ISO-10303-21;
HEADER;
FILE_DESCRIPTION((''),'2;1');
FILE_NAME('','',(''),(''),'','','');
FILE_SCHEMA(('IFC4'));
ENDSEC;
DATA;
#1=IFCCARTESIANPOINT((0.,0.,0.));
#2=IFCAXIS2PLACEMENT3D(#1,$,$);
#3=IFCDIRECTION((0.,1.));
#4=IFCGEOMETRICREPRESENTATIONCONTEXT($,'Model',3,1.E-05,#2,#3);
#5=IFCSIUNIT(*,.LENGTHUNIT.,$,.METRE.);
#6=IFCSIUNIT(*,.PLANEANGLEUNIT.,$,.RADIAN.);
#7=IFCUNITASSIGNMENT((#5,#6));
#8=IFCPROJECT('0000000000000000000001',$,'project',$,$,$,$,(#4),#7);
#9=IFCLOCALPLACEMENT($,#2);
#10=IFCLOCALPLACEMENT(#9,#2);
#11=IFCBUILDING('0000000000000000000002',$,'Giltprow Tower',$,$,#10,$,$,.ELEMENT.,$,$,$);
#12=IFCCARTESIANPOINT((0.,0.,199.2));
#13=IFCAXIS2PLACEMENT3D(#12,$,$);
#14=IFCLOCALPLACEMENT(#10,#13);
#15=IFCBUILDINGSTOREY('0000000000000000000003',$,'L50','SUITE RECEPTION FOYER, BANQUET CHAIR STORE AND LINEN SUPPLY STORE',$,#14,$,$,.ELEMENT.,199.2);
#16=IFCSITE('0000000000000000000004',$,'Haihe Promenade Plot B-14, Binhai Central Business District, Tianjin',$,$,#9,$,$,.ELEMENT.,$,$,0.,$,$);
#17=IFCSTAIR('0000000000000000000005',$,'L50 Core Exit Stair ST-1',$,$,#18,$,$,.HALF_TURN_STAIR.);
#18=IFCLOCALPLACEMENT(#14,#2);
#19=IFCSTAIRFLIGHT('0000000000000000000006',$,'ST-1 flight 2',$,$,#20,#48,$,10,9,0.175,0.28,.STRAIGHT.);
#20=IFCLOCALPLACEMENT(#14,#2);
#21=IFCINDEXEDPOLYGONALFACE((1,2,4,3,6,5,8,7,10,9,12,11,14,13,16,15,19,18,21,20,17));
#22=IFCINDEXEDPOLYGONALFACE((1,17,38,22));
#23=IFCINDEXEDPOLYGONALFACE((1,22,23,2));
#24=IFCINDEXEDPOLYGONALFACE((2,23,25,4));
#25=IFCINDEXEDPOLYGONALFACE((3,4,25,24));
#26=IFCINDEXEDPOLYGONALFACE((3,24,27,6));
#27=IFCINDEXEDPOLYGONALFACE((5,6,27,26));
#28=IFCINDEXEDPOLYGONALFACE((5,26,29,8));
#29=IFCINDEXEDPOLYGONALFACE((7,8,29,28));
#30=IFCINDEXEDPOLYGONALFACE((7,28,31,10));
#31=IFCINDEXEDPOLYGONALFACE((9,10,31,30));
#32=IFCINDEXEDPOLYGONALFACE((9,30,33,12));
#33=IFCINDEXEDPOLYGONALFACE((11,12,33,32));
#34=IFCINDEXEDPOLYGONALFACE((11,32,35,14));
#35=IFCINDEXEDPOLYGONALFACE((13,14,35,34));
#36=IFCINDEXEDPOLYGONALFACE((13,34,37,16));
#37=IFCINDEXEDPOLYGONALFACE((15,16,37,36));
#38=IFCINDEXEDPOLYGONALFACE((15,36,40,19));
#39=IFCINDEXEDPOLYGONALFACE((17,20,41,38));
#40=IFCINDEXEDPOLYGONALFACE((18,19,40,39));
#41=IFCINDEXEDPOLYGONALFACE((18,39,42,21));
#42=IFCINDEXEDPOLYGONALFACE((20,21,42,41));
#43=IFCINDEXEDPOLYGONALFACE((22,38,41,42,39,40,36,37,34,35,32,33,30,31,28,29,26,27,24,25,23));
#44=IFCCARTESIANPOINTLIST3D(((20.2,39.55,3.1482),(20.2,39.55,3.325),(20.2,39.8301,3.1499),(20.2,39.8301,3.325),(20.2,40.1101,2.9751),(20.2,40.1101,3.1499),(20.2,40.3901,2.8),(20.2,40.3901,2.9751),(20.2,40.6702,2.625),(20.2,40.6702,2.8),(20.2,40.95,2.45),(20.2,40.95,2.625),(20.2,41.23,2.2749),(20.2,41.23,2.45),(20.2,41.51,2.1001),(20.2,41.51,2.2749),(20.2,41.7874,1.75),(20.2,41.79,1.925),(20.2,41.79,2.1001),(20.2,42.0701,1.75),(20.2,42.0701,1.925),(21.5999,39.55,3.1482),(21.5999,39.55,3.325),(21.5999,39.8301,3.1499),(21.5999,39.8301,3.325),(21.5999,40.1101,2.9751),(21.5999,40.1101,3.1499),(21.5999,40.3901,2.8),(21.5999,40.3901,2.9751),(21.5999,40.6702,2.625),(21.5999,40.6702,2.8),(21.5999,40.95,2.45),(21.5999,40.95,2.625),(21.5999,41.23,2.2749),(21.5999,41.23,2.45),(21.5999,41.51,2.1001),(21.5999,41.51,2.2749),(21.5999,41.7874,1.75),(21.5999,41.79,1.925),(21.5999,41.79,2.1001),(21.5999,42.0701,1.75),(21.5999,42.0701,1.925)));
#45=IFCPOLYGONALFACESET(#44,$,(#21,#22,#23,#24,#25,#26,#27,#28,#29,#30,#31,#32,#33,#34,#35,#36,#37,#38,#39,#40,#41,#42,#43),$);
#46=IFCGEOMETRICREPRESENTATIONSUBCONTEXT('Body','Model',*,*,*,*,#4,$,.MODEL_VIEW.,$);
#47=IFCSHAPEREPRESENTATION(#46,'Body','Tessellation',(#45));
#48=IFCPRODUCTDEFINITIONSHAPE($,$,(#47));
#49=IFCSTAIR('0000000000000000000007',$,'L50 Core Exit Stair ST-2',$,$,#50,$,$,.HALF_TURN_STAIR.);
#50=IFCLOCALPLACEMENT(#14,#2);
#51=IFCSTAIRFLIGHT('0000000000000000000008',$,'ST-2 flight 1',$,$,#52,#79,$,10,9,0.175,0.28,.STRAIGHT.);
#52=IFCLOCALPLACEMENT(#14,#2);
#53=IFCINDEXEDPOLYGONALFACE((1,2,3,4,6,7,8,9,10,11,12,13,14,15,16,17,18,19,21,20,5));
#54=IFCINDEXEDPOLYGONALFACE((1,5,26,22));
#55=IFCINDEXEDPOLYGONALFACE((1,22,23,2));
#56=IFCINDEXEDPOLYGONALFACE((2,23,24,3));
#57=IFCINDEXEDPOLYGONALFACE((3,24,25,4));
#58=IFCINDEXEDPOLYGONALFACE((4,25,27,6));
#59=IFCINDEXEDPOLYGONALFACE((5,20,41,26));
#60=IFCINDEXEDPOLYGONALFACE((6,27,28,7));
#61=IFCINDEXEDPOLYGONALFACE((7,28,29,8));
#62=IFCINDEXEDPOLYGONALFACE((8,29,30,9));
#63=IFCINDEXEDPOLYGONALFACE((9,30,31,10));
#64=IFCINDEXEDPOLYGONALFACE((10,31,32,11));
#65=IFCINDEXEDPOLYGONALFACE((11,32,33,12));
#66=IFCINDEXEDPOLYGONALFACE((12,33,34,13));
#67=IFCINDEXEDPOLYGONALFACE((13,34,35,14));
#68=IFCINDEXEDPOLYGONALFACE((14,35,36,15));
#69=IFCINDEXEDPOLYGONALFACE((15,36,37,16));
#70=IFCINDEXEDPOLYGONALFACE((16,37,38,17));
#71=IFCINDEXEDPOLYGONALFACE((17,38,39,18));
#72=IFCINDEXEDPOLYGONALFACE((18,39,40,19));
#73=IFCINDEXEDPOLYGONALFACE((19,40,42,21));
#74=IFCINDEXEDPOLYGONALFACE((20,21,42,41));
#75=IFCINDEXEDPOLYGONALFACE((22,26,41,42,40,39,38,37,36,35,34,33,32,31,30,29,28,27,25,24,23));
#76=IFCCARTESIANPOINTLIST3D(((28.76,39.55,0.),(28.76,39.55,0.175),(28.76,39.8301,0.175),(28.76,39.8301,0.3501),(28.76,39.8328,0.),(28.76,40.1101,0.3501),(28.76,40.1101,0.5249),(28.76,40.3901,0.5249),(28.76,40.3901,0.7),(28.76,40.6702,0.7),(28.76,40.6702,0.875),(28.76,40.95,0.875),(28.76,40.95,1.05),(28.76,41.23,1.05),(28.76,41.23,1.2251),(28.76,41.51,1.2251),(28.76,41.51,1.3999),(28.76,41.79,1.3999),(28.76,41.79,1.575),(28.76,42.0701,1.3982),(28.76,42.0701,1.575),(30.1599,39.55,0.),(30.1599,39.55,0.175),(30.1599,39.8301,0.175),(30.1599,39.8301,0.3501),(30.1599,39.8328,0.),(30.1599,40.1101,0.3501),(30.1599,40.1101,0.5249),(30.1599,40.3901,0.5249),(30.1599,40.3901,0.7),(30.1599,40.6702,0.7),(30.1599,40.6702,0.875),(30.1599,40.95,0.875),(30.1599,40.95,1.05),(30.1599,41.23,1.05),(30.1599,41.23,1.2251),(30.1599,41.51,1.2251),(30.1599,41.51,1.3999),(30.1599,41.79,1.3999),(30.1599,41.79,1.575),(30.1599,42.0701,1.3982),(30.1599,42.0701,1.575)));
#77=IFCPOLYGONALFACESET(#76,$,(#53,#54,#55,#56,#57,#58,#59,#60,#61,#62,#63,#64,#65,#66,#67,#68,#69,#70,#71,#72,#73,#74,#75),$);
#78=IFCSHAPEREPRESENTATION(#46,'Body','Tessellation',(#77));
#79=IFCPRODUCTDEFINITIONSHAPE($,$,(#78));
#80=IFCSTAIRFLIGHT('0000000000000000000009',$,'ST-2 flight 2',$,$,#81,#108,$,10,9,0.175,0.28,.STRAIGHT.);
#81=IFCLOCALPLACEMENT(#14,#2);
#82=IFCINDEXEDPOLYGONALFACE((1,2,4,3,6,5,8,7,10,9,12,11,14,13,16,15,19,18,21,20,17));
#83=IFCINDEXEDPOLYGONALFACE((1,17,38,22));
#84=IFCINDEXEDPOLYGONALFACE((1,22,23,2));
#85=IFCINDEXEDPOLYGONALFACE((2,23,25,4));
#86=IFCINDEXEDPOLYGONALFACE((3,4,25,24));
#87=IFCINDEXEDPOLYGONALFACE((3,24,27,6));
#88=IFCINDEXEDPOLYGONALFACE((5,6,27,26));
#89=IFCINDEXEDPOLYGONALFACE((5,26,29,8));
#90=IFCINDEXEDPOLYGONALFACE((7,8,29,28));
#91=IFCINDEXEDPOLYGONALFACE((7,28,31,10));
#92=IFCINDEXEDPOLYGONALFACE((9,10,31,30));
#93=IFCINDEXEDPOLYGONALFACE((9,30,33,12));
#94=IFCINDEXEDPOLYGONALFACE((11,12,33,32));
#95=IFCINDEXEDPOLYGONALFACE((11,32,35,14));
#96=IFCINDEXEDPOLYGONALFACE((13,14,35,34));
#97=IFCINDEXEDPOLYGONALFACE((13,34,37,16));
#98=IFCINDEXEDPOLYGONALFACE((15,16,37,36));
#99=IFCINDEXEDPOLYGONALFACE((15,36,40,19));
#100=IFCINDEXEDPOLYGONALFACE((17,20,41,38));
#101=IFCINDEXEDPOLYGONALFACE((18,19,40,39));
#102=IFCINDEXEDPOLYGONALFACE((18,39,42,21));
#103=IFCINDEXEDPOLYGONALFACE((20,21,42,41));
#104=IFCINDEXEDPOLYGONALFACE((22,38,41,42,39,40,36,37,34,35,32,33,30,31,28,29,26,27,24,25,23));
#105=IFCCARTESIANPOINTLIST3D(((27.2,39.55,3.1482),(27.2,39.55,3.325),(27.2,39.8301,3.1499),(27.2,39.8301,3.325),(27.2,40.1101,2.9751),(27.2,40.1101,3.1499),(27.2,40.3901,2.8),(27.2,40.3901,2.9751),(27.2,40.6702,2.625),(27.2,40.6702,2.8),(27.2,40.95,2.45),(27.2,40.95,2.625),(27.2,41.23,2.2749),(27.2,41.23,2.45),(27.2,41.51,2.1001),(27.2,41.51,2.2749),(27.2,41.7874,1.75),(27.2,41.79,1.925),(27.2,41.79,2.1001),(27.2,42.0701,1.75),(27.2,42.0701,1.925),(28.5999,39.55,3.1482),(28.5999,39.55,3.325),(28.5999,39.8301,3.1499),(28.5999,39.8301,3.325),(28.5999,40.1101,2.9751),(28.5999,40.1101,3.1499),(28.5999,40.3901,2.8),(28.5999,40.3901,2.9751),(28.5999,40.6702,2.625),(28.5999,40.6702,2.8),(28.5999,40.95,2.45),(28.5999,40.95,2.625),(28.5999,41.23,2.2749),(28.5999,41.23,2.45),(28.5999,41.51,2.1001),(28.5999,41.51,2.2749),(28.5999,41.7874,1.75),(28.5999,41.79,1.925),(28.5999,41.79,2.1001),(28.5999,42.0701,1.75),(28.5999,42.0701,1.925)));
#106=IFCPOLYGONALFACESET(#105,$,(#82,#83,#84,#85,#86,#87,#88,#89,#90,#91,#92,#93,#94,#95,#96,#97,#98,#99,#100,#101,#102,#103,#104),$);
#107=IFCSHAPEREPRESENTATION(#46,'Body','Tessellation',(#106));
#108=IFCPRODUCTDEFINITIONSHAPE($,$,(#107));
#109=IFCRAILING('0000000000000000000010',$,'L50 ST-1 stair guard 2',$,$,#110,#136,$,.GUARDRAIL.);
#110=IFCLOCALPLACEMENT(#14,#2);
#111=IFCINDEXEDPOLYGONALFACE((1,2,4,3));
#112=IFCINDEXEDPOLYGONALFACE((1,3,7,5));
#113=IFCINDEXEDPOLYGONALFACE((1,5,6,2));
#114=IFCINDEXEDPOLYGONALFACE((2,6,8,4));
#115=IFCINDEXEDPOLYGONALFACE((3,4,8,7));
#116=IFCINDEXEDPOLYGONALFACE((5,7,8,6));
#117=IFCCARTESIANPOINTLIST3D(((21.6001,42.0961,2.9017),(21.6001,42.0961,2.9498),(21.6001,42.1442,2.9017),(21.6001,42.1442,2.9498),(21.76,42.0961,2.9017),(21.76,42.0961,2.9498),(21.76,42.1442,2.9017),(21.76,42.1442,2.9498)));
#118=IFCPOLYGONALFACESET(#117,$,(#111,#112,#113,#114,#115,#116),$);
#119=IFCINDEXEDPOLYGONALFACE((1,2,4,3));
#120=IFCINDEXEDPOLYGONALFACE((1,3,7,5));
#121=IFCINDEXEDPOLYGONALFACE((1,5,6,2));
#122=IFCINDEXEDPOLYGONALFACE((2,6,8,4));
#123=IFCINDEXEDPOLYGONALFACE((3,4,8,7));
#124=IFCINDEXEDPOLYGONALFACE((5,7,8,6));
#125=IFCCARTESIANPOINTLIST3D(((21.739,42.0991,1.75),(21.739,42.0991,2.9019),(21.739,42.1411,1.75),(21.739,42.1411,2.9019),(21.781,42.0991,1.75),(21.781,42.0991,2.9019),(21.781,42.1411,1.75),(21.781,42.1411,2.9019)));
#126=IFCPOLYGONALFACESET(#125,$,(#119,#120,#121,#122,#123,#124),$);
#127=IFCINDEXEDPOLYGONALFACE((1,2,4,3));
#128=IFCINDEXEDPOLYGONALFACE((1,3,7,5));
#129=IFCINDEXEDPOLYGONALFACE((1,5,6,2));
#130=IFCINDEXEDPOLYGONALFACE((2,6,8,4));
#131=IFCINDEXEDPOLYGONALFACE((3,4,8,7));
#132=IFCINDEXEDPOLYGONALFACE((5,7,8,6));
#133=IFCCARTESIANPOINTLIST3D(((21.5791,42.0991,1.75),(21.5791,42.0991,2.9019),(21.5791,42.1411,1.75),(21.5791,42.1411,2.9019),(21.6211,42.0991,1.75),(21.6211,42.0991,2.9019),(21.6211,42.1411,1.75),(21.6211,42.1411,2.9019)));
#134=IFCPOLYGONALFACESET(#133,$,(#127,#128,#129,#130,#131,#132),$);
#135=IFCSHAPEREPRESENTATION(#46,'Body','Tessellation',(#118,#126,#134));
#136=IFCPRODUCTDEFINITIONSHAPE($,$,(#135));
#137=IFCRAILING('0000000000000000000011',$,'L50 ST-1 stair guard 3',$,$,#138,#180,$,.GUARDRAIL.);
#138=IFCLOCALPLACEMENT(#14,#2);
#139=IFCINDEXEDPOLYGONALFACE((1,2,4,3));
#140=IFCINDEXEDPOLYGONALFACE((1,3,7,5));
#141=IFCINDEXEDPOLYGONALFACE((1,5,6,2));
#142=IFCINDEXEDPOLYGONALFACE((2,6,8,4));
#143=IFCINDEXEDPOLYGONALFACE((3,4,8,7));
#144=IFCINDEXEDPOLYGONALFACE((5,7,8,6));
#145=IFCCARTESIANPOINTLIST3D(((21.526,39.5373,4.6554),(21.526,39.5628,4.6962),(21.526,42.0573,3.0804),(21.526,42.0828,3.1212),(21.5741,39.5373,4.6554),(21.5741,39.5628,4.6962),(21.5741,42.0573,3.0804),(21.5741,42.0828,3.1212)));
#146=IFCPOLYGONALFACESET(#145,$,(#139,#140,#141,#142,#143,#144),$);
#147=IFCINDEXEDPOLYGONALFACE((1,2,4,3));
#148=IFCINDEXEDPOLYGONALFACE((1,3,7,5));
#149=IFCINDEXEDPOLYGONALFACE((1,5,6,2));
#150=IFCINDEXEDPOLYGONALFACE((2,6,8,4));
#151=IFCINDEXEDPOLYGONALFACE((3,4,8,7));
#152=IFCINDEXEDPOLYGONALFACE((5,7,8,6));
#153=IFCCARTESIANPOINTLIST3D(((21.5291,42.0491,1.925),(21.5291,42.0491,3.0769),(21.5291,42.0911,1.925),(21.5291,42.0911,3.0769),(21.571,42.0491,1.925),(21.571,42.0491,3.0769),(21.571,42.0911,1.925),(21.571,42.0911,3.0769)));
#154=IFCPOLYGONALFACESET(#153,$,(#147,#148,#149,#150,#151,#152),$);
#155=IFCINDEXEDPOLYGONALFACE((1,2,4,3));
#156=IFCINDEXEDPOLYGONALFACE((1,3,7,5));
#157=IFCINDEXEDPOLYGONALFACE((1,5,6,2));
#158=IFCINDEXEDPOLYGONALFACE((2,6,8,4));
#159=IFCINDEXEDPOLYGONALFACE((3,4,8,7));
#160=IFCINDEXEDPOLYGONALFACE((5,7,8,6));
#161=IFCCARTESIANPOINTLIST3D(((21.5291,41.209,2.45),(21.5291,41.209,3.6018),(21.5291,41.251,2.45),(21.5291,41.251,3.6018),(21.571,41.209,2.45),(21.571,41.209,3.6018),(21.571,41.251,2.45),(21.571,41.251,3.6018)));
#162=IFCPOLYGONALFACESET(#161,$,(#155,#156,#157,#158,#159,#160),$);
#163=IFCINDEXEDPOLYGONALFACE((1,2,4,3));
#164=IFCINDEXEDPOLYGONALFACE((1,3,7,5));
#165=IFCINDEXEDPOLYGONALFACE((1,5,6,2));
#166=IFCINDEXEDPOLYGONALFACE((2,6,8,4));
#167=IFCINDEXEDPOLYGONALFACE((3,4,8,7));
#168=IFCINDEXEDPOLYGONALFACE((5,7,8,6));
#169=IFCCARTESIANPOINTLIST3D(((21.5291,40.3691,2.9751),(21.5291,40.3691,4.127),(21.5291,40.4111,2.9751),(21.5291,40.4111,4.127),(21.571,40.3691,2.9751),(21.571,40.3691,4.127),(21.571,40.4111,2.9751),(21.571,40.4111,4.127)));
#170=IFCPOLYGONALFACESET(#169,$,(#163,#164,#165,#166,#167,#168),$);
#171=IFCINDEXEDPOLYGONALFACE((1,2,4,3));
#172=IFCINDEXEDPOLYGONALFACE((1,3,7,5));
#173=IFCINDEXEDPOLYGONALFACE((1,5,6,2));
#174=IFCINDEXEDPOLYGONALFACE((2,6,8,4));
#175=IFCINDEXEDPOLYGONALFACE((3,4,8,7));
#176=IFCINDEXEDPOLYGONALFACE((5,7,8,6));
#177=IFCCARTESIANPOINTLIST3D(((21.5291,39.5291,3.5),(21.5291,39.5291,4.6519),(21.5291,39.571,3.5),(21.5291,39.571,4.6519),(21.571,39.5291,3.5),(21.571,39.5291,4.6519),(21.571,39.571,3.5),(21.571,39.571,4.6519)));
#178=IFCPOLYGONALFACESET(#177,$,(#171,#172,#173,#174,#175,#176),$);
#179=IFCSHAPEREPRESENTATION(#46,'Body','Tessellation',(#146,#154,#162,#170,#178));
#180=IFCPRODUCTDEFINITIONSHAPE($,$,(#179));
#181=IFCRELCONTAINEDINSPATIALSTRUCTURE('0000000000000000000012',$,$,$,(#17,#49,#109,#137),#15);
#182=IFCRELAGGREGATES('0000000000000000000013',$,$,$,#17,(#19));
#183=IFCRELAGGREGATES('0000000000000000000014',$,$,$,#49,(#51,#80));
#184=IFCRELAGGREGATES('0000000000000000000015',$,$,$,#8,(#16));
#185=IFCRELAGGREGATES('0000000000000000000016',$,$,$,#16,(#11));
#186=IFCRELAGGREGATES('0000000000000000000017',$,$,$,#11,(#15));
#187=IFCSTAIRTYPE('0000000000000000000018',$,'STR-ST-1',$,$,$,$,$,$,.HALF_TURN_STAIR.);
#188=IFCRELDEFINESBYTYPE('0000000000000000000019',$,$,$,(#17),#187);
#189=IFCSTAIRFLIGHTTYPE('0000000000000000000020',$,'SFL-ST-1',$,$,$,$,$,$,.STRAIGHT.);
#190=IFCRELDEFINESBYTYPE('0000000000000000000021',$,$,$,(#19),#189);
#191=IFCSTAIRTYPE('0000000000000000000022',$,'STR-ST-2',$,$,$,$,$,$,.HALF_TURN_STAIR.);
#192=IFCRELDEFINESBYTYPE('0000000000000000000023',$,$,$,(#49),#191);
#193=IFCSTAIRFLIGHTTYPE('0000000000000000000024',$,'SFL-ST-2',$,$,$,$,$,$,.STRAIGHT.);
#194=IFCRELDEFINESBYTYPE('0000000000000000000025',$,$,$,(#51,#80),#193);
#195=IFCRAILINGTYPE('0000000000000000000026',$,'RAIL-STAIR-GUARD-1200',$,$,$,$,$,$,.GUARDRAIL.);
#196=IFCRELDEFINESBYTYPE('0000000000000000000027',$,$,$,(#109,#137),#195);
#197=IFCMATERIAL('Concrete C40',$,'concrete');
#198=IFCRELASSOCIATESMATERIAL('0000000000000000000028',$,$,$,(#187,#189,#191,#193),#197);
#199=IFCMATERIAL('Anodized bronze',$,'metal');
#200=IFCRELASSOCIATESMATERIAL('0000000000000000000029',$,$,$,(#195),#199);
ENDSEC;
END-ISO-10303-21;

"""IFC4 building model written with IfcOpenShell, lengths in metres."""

from ifc_helpers import new_model, si_unit, direction, frame, origin, origin_2d, place, context, subcontext, project, spatial, polyline, rectangle, outline, extrude, material, type_object, element, aggregate, save


model = new_model("IFC4")

# Units and contexts
model_context = context("Model", 3, precision=1e-05, world=origin(), true_north=direction((0.0, 1.0)))
body_context = subcontext(model_context, "Body", "Model", "MODEL_VIEW")
ifc_project = project(units=[si_unit("LENGTHUNIT", "METRE"), si_unit("PLANEANGLEUNIT", "RADIAN")], contexts=[model_context])

# Site, building, storey
site_placement = place(None, origin())
site = spatial("IfcSite", under=ifc_project, at=site_placement, Name="Haihe Promenade Plot B-14, Binhai Central Business District, Tianjin", CompositionType="ELEMENT", RefElevation=0.0)
building_placement = place(site_placement, origin())
building = spatial("IfcBuilding", under=site, at=building_placement, Name="Giltprow Tower", CompositionType="ELEMENT")
storey_placement = place(building_placement, frame((0.0, 0.0, 199.2)))
storey = spatial("IfcBuildingStorey", under=building, at=storey_placement, Name="L50", Description="SUITE RECEPTION FOYER, BANQUET CHAIR STORE AND LINEN SUPPLY STORE", CompositionType="ELEMENT", Elevation=199.2)

# Shared definitions
ifc_material_1 = material(Name="Concrete C40", Category="concrete")

# Stair, stair flight
stair_type_1 = type_object("IfcStairType", Name="STR-ST-1", PredefinedType="HALF_TURN_STAIR", material=ifc_material_1)
stair_1_placement = place(storey_placement, origin())
stair_1 = element("IfcStair", 1, at=stair_1_placement, inside=storey, type_object=stair_type_1, Name="L50 Core Exit Stair ST-1", PredefinedType="HALF_TURN_STAIR")
stair_flight_type_1 = type_object("IfcStairFlightType", Name="SFL-ST-1", PredefinedType="STRAIGHT", material=ifc_material_1)
stair_flight_1_placement = place(storey_placement, frame((20.8999, 42.0701, 1.75), z_axis=(0.0, 0.0, 1.0), x_axis=(0.0, -1.0, 0.0)))
stair_flight_1 = element("IfcStairFlight", 2, at=stair_flight_1_placement, type_object=stair_flight_type_1, Name="ST-1 flight 2", NumberOfRisers=10, NumberOfTreads=9, PredefinedType="STRAIGHT", RiserHeight=0.175, TreadLength=0.28, context=body_context, shape_type="SweptSolid", body=[
    extrude(outline(polyline([(0.0, 0.0), (0.0, 0.175), (0.28, 0.175), (0.28, 0.3501), (0.5601, 0.3501), (0.5601, 0.5249), (0.8401, 0.5249), (0.8401, 0.7), (1.1201, 0.7), (1.1201, 0.875), (1.3999, 0.875), (1.3999, 1.05), (1.6799, 1.05), (1.6799, 1.2251), (1.96, 1.2251), (1.96, 1.3999), (2.24, 1.3999), (2.24, 1.575), (2.52, 1.575), (2.52, 1.75), (2.52, 1.3982), (0.2827, 0.0), (0.0, 0.0)])), frame((0.0, 0.7, 0.0), z_axis=(0.0, -1.0, 0.0), x_axis=(1.0, 0.0, 0.0)), (0.0, 0.0, 1.0), 1.3999),
])
aggregate(stair_1, [stair_flight_1])

# Stair, stair flights
stair_type_2 = type_object("IfcStairType", Name="STR-ST-2", PredefinedType="HALF_TURN_STAIR", material=ifc_material_1)
stair_2_placement = place(storey_placement, origin())
stair_2 = element("IfcStair", 3, at=stair_2_placement, inside=storey, type_object=stair_type_2, Name="L50 Core Exit Stair ST-2", PredefinedType="HALF_TURN_STAIR")
stair_flight_type_2 = type_object("IfcStairFlightType", Name="SFL-ST-2", PredefinedType="STRAIGHT", material=ifc_material_1)
stair_flight_2_placement = place(storey_placement, frame((29.46, 39.55, 0.0), z_axis=(0.0, 0.0, 1.0), x_axis=(0.0, 1.0, 0.0)))
stair_flight_2 = element("IfcStairFlight", 4, at=stair_flight_2_placement, type_object=stair_flight_type_2, Name="ST-2 flight 1", NumberOfRisers=10, NumberOfTreads=9, PredefinedType="STRAIGHT", RiserHeight=0.175, TreadLength=0.28, context=body_context, shape_type="SweptSolid", body=[
    extrude(outline(polyline([(0.0, 0.0), (0.0, 0.175), (0.28, 0.175), (0.28, 0.3501), (0.5601, 0.3501), (0.5601, 0.5249), (0.8401, 0.5249), (0.8401, 0.7), (1.1201, 0.7), (1.1201, 0.875), (1.3999, 0.875), (1.3999, 1.05), (1.6799, 1.05), (1.6799, 1.2251), (1.96, 1.2251), (1.96, 1.3999), (2.24, 1.3999), (2.24, 1.575), (2.52, 1.575), (2.52, 1.75), (2.52, 1.3982), (0.2827, 0.0), (0.0, 0.0)])), frame((0.0, 0.7, 0.0), z_axis=(0.0, -1.0, 0.0), x_axis=(1.0, 0.0, 0.0)), (0.0, 0.0, 1.0), 1.3999),
])
stair_flight_3_placement = place(storey_placement, frame((27.8999, 42.0701, 1.75), z_axis=(0.0, 0.0, 1.0), x_axis=(0.0, -1.0, 0.0)))
stair_flight_3 = element("IfcStairFlight", 5, at=stair_flight_3_placement, type_object=stair_flight_type_2, Name="ST-2 flight 2", NumberOfRisers=10, NumberOfTreads=9, PredefinedType="STRAIGHT", RiserHeight=0.175, TreadLength=0.28, context=body_context, shape_type="SweptSolid", body=[
    extrude(outline(polyline([(0.0, 0.0), (0.0, 0.175), (0.28, 0.175), (0.28, 0.3501), (0.5601, 0.3501), (0.5601, 0.5249), (0.8401, 0.5249), (0.8401, 0.7), (1.1201, 0.7), (1.1201, 0.875), (1.3999, 0.875), (1.3999, 1.05), (1.6799, 1.05), (1.6799, 1.2251), (1.96, 1.2251), (1.96, 1.3999), (2.24, 1.3999), (2.24, 1.575), (2.52, 1.575), (2.52, 1.75), (2.52, 1.3982), (0.2827, 0.0), (0.0, 0.0)])), frame((0.0, 0.7, 0.0), z_axis=(0.0, -1.0, 0.0), x_axis=(1.0, 0.0, 0.0)), (0.0, 0.0, 1.0), 1.3999),
])
aggregate(stair_2, [stair_flight_2, stair_flight_3])

# Railings
ifc_material_2 = material(Name="Anodized bronze", Category="metal")
railing_type_1 = type_object("IfcRailingType", Name="RAIL-STAIR-GUARD-1200", PredefinedType="GUARDRAIL", material=ifc_material_2)
railing_1_placement = place(storey_placement, frame((21.76, 42.1201, 1.75)))
element("IfcRailing", 6, at=railing_1_placement, inside=storey, type_object=railing_type_1, Name="L50 ST-1 stair guard 2", PredefinedType="GUARDRAIL", context=body_context, shape_type="SweptSolid", body=[
    extrude(rectangle(XDim=0.0481, YDim=0.0481, at=origin_2d()), frame((0.0, 0.0, 1.1758), z_axis=(-1.0, 0.0, 0.0), x_axis=(0.0, -1.0, 0.0)), (0.0, 0.0, 1.0), 0.1599),
    extrude(rectangle(XDim=0.042, YDim=0.042, at=origin_2d()), origin(), (0.0, 0.0, 1.0), 1.1519),
    extrude(rectangle(XDim=0.042, YDim=0.042, at=origin_2d()), frame((-0.1599, 0.0, 0.0)), (0.0, 0.0, 1.0), 1.1519),
])
railing_2_placement = place(storey_placement, frame((21.55, 42.0701, 1.925)))
element("IfcRailing", 7, at=railing_2_placement, inside=storey, type_object=railing_type_1, Name="L50 ST-1 stair guard 3", PredefinedType="GUARDRAIL", context=body_context, shape_type="SweptSolid", body=[
    extrude(rectangle(XDim=0.0481, YDim=0.0481, at=origin_2d()), frame((0.0, 0.0, 1.1758), z_axis=(0.0, -0.848008, 0.529984), x_axis=(1.0, 0.0, 0.0)), (0.0, 0.0, 1.0), 2.9717),
    extrude(rectangle(XDim=0.042, YDim=0.042, at=origin_2d()), origin(), (0.0, 0.0, 1.0), 1.1519),
    extrude(rectangle(XDim=0.042, YDim=0.042, at=origin_2d()), frame((0.0, -0.8401, 0.5249)), (0.0, 0.0, 1.0), 1.1519),
    extrude(rectangle(XDim=0.042, YDim=0.042, at=origin_2d()), frame((0.0, -1.6799, 1.05)), (0.0, 0.0, 1.0), 1.1519),
    extrude(rectangle(XDim=0.042, YDim=0.042, at=origin_2d()), frame((0.0, -2.52, 1.575)), (0.0, 0.0, 1.0), 1.1519),
])

save(model, "model.ifc")
